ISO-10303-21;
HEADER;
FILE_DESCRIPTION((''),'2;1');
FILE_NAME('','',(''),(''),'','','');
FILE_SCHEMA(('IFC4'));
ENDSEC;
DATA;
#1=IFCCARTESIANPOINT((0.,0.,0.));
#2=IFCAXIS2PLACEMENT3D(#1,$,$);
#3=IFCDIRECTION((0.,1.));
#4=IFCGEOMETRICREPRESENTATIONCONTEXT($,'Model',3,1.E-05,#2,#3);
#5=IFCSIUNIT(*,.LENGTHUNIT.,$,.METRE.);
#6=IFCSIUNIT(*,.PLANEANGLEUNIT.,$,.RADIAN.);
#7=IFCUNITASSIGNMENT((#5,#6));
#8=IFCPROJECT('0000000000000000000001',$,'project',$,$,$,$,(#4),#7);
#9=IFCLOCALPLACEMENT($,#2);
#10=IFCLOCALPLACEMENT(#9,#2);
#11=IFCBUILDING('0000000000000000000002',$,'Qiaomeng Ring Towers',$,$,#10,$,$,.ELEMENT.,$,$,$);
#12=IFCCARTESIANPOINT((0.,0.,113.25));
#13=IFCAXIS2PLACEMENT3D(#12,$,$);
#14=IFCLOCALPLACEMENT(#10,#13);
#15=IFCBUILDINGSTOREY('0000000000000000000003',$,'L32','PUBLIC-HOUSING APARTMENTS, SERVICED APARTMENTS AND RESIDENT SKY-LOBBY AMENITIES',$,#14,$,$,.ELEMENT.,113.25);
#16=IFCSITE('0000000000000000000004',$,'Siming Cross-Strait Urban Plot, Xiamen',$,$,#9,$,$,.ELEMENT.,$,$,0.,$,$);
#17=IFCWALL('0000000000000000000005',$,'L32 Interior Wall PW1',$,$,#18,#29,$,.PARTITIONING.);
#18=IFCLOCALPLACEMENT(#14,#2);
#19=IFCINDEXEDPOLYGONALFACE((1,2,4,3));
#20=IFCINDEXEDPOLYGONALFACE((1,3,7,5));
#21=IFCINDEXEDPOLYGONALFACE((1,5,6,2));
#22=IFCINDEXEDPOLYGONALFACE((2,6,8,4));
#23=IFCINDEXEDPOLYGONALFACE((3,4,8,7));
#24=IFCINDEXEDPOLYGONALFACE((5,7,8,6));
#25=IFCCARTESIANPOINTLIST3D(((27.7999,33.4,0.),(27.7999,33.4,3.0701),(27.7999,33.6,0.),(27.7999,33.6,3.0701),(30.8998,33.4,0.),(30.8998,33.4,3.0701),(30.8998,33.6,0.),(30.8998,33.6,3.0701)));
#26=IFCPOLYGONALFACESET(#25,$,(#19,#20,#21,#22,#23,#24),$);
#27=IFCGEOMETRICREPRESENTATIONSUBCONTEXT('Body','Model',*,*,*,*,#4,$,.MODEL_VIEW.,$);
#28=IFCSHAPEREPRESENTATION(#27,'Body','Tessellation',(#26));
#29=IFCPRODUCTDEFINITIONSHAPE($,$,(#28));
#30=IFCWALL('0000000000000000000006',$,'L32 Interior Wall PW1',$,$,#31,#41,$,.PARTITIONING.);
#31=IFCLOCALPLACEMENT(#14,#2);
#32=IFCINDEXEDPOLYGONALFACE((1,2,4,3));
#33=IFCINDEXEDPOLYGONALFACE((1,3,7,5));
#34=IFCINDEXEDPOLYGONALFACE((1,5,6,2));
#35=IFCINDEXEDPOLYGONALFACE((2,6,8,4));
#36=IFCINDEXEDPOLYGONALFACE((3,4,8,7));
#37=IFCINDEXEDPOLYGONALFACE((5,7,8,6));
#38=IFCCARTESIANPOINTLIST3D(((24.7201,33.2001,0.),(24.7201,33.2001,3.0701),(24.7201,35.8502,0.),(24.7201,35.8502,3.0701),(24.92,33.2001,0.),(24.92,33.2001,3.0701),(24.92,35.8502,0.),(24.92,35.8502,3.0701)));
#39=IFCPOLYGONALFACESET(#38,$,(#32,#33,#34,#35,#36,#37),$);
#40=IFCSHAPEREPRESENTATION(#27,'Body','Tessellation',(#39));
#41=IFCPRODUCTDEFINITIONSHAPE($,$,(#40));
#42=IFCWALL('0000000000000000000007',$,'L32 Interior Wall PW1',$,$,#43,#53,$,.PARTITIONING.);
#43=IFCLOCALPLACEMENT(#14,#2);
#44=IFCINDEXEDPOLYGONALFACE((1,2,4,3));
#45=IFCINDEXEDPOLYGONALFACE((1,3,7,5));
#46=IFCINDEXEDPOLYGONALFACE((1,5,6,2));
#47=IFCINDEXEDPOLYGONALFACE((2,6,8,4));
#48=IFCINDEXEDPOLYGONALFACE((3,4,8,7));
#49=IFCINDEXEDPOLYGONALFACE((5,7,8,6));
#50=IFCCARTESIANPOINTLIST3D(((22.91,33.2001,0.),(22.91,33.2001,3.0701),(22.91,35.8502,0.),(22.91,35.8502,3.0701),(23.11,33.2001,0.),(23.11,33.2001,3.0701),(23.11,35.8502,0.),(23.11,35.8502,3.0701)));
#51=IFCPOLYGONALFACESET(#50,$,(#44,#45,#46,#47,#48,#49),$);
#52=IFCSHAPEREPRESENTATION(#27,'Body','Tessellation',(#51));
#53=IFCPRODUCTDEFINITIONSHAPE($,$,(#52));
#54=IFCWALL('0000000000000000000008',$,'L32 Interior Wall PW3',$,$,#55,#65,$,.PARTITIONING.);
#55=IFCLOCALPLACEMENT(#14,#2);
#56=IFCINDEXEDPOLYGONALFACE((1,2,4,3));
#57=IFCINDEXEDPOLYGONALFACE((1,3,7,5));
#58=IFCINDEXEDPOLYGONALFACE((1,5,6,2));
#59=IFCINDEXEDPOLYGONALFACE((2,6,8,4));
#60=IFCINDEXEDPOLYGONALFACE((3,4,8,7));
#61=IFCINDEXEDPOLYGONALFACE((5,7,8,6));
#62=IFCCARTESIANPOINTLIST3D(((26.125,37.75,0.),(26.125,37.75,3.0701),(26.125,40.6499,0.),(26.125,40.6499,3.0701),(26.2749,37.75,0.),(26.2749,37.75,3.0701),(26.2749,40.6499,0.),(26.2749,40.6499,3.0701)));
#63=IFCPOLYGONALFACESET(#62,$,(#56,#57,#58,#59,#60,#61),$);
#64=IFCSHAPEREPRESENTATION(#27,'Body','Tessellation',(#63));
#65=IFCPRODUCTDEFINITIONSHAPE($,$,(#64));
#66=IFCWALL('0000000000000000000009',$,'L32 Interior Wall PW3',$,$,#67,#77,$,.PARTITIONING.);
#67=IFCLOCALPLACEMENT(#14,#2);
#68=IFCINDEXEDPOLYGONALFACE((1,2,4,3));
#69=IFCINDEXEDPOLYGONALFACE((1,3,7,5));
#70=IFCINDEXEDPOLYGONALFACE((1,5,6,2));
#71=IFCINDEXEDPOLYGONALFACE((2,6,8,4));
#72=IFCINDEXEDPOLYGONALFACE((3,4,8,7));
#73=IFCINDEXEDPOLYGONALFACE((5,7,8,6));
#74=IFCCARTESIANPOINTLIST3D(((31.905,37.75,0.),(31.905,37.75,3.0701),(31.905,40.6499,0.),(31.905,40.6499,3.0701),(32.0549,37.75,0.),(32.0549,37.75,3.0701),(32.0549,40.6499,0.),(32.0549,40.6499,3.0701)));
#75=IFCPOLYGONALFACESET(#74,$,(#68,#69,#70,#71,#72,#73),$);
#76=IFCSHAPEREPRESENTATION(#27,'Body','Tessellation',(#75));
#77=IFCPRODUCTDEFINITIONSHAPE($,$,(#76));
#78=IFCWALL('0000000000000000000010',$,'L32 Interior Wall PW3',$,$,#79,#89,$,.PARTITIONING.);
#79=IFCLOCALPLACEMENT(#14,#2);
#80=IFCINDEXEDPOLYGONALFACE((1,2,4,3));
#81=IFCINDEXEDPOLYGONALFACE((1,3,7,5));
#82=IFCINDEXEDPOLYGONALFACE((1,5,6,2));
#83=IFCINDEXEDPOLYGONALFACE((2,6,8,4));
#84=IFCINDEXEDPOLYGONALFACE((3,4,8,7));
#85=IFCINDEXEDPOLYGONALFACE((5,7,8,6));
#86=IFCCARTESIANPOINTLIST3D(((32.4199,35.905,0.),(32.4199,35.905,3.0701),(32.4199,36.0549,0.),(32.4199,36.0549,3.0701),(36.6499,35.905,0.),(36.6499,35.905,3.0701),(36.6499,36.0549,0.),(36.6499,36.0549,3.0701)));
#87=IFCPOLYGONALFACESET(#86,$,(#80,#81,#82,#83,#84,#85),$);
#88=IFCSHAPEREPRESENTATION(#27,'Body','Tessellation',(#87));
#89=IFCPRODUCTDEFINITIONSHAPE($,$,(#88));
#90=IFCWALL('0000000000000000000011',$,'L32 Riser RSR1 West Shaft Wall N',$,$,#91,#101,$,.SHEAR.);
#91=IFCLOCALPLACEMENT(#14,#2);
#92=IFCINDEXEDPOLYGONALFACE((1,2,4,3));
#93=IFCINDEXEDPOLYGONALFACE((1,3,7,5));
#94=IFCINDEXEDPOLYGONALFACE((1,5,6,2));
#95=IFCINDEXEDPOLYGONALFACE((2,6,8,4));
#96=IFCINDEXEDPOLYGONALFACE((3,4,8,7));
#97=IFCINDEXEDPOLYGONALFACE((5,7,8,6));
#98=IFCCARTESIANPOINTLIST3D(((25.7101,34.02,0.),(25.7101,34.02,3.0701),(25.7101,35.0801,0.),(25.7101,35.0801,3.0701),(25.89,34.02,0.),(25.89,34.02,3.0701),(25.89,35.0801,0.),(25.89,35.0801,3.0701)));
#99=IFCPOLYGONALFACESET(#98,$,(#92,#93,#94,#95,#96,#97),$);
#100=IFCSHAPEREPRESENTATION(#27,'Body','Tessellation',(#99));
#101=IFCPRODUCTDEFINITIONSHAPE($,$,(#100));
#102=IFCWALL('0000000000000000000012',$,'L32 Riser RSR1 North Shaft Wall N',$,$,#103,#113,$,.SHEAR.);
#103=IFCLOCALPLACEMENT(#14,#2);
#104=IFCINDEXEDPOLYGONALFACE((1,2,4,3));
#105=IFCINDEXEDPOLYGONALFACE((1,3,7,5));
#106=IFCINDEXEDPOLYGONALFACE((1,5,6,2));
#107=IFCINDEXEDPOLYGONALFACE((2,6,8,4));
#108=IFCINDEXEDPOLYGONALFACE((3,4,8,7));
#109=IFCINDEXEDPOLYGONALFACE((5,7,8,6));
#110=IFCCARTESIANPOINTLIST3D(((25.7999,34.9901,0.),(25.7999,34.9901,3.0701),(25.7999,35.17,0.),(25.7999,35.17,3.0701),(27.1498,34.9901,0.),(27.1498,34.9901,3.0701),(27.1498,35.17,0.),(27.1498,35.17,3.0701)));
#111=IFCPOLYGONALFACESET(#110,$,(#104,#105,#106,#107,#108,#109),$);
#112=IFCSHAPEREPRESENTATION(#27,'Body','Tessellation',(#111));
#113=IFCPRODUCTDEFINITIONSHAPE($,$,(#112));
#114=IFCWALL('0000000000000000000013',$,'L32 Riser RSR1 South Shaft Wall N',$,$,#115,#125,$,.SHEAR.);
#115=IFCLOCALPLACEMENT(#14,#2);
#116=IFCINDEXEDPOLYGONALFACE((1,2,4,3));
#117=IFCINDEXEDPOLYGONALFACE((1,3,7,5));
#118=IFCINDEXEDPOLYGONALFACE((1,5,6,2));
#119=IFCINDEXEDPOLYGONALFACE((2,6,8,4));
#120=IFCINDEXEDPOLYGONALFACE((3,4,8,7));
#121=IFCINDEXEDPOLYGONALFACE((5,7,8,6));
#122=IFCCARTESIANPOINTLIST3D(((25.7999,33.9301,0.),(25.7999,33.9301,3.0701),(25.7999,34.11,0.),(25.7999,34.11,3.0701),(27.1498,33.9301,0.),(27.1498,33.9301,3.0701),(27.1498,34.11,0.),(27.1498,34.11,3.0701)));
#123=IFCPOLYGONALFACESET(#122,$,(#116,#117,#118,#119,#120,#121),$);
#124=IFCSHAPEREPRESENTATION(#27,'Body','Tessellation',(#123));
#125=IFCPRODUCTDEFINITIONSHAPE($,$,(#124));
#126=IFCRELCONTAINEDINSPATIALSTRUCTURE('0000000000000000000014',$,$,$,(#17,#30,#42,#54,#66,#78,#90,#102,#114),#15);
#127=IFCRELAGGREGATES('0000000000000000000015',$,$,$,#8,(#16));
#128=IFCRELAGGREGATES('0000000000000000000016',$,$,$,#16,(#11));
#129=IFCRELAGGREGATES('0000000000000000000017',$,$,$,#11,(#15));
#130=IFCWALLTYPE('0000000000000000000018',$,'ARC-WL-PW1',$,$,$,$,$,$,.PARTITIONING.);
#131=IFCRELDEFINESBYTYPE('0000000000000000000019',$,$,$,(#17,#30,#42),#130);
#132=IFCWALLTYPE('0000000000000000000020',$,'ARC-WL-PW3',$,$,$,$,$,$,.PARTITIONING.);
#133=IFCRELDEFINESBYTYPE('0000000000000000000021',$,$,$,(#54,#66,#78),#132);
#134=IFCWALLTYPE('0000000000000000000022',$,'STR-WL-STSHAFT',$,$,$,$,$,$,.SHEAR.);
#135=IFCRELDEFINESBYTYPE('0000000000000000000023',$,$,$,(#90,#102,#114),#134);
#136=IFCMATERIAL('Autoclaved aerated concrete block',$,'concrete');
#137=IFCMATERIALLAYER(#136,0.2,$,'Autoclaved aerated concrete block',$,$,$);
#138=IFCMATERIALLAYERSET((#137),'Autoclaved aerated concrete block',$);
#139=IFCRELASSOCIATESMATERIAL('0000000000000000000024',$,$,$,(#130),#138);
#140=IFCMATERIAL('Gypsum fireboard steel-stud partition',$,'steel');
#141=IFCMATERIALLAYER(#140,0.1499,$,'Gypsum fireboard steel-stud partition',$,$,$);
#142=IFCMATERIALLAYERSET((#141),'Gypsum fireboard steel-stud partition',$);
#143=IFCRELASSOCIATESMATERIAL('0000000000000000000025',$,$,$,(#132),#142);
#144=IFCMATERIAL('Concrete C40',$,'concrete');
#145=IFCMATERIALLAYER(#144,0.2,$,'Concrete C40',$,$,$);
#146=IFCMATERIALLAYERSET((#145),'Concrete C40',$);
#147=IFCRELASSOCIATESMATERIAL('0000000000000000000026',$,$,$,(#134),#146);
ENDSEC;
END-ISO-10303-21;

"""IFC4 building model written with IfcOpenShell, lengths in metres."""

from ifc_helpers import new_model, si_unit, direction, frame, frame_2d, origin, place, context, subcontext, project, spatial, rectangle, extrude, material, layer, layer_set, type_object, element, save


model = new_model("IFC4")

# Units and contexts
model_context = context("Model", 3, precision=1e-05, world=origin(), true_north=direction((0.0, 1.0)))
body_context = subcontext(model_context, "Body", "Model", "MODEL_VIEW")
ifc_project = project(units=[si_unit("LENGTHUNIT", "METRE"), si_unit("PLANEANGLEUNIT", "RADIAN")], contexts=[model_context])

# Site, building, storey
site_placement = place(None, origin())
site = spatial("IfcSite", under=ifc_project, at=site_placement, Name="Siming Cross-Strait Urban Plot, Xiamen", CompositionType="ELEMENT", RefElevation=0.0)
building_placement = place(site_placement, origin())
building = spatial("IfcBuilding", under=site, at=building_placement, Name="Qiaomeng Ring Towers", CompositionType="ELEMENT")
storey_placement = place(building_placement, frame((0.0, 0.0, 113.25)))
storey = spatial("IfcBuildingStorey", under=building, at=storey_placement, Name="L32", Description="PUBLIC-HOUSING APARTMENTS, SERVICED APARTMENTS AND RESIDENT SKY-LOBBY AMENITIES", CompositionType="ELEMENT", Elevation=113.25)

# Walls
ifc_material_1 = material(Name="Autoclaved aerated concrete block", Category="concrete")
ifc_layer_1 = layer(ifc_material_1, 0.2, Name="Autoclaved aerated concrete block")
ifc_layer_set_1 = layer_set([ifc_layer_1], Name="Autoclaved aerated concrete block")
wall_type_1 = type_object("IfcWallType", Name="ARC-WL-PW1", PredefinedType="PARTITIONING", material=ifc_layer_set_1)
wall_1_placement = place(storey_placement, frame((27.8, 33.5, 0.0), z_axis=(0.0, 0.0, 1.0), x_axis=(1.0, 0.0, 0.0)))
element("IfcWall", 1, at=wall_1_placement, inside=storey, type_object=wall_type_1, Name="L32 Interior Wall PW1", PredefinedType="PARTITIONING", context=body_context, shape_type="SweptSolid", body=[
    extrude(rectangle(XDim=3.0999, YDim=0.2, at=frame_2d((1.5498, 0.0))), origin(), (0.0, 0.0, 1.0), 3.0701),
])
for number, where, z_axis, x_axis, name in (
    (2, (24.8201, 33.2, 0.0), (0.0, 0.0, 1.0), (0.0, 1.0, 0.0), "L32 Interior Wall PW1"),
    (3, (23.01, 33.2, 0.0), (0.0, 0.0, 1.0), (0.0, 1.0, 0.0), "L32 Interior Wall PW1"),
):
    element("IfcWall", number, at=place(storey_placement, frame(where, z_axis=z_axis, x_axis=x_axis)), inside=storey, type_object=wall_type_1, Name=name, PredefinedType="PARTITIONING", context=body_context, shape_type="SweptSolid", body=[
        extrude(rectangle(XDim=2.6501, YDim=0.2, at=frame_2d((1.3252, 0.0))), origin(), (0.0, 0.0, 1.0), 3.0701),
    ])
ifc_material_2 = material(Name="Gypsum fireboard steel-stud partition", Category="steel")
ifc_layer_2 = layer(ifc_material_2, 0.1499, Name="Gypsum fireboard steel-stud partition")
ifc_layer_set_2 = layer_set([ifc_layer_2], Name="Gypsum fireboard steel-stud partition")
wall_type_2 = type_object("IfcWallType", Name="ARC-WL-PW3", PredefinedType="PARTITIONING", material=ifc_layer_set_2)
for number, where, z_axis, x_axis, name in (
    (4, (26.2, 37.75, 0.0), (0.0, 0.0, 1.0), (0.0, 1.0, 0.0), "L32 Interior Wall PW3"),
    (5, (31.98, 37.75, 0.0), (0.0, 0.0, 1.0), (0.0, 1.0, 0.0), "L32 Interior Wall PW3"),
):
    element("IfcWall", number, at=place(storey_placement, frame(where, z_axis=z_axis, x_axis=x_axis)), inside=storey, type_object=wall_type_2, Name=name, PredefinedType="PARTITIONING", context=body_context, shape_type="SweptSolid", body=[
        extrude(rectangle(XDim=2.8999, YDim=0.1499, at=frame_2d((1.45, 0.0))), origin(), (0.0, 0.0, 1.0), 3.0701),
    ])
wall_2_placement = place(storey_placement, frame((32.4199, 35.98, 0.0), z_axis=(0.0, 0.0, 1.0), x_axis=(1.0, 0.0, 0.0)))
element("IfcWall", 6, at=wall_2_placement, inside=storey, type_object=wall_type_2, Name="L32 Interior Wall PW3", PredefinedType="PARTITIONING", context=body_context, shape_type="SweptSolid", body=[
    extrude(rectangle(XDim=4.23, YDim=0.1499, at=frame_2d((2.115, 0.0))), origin(), (0.0, 0.0, 1.0), 3.0701),
])
ifc_material_3 = material(Name="Concrete C40", Category="concrete")
ifc_layer_3 = layer(ifc_material_3, 0.2, Name="Concrete C40")
ifc_layer_set_3 = layer_set([ifc_layer_3], Name="Concrete C40")
wall_type_3 = type_object("IfcWallType", Name="STR-WL-STSHAFT", PredefinedType="SHEAR", material=ifc_layer_set_3)
wall_3_placement = place(storey_placement, frame((25.8, 34.02, 0.0), z_axis=(0.0, 0.0, 1.0), x_axis=(0.0, 1.0, 0.0)))
element("IfcWall", 7, at=wall_3_placement, inside=storey, type_object=wall_type_3, Name="L32 Riser RSR1 West Shaft Wall N", PredefinedType="SHEAR", context=body_context, shape_type="SweptSolid", body=[
    extrude(rectangle(XDim=1.0601, YDim=0.1799, at=frame_2d((0.53, 0.0))), origin(), (0.0, 0.0, 1.0), 3.0701),
])
for number, where, z_axis, x_axis, name in (
    (8, (25.8, 35.0801, 0.0), (0.0, 0.0, 1.0), (1.0, 0.0, 0.0), "L32 Riser RSR1 North Shaft Wall N"),
    (9, (25.8, 34.02, 0.0), (0.0, 0.0, 1.0), (1.0, 0.0, 0.0), "L32 Riser RSR1 South Shaft Wall N"),
):
    element("IfcWall", number, at=place(storey_placement, frame(where, z_axis=z_axis, x_axis=x_axis)), inside=storey, type_object=wall_type_3, Name=name, PredefinedType="SHEAR", context=body_context, shape_type="SweptSolid", body=[
        extrude(rectangle(XDim=1.3499, YDim=0.1799, at=frame_2d((0.6748, 0.0))), origin(), (0.0, 0.0, 1.0), 3.0701),
    ])

save(model, "model.ifc")
